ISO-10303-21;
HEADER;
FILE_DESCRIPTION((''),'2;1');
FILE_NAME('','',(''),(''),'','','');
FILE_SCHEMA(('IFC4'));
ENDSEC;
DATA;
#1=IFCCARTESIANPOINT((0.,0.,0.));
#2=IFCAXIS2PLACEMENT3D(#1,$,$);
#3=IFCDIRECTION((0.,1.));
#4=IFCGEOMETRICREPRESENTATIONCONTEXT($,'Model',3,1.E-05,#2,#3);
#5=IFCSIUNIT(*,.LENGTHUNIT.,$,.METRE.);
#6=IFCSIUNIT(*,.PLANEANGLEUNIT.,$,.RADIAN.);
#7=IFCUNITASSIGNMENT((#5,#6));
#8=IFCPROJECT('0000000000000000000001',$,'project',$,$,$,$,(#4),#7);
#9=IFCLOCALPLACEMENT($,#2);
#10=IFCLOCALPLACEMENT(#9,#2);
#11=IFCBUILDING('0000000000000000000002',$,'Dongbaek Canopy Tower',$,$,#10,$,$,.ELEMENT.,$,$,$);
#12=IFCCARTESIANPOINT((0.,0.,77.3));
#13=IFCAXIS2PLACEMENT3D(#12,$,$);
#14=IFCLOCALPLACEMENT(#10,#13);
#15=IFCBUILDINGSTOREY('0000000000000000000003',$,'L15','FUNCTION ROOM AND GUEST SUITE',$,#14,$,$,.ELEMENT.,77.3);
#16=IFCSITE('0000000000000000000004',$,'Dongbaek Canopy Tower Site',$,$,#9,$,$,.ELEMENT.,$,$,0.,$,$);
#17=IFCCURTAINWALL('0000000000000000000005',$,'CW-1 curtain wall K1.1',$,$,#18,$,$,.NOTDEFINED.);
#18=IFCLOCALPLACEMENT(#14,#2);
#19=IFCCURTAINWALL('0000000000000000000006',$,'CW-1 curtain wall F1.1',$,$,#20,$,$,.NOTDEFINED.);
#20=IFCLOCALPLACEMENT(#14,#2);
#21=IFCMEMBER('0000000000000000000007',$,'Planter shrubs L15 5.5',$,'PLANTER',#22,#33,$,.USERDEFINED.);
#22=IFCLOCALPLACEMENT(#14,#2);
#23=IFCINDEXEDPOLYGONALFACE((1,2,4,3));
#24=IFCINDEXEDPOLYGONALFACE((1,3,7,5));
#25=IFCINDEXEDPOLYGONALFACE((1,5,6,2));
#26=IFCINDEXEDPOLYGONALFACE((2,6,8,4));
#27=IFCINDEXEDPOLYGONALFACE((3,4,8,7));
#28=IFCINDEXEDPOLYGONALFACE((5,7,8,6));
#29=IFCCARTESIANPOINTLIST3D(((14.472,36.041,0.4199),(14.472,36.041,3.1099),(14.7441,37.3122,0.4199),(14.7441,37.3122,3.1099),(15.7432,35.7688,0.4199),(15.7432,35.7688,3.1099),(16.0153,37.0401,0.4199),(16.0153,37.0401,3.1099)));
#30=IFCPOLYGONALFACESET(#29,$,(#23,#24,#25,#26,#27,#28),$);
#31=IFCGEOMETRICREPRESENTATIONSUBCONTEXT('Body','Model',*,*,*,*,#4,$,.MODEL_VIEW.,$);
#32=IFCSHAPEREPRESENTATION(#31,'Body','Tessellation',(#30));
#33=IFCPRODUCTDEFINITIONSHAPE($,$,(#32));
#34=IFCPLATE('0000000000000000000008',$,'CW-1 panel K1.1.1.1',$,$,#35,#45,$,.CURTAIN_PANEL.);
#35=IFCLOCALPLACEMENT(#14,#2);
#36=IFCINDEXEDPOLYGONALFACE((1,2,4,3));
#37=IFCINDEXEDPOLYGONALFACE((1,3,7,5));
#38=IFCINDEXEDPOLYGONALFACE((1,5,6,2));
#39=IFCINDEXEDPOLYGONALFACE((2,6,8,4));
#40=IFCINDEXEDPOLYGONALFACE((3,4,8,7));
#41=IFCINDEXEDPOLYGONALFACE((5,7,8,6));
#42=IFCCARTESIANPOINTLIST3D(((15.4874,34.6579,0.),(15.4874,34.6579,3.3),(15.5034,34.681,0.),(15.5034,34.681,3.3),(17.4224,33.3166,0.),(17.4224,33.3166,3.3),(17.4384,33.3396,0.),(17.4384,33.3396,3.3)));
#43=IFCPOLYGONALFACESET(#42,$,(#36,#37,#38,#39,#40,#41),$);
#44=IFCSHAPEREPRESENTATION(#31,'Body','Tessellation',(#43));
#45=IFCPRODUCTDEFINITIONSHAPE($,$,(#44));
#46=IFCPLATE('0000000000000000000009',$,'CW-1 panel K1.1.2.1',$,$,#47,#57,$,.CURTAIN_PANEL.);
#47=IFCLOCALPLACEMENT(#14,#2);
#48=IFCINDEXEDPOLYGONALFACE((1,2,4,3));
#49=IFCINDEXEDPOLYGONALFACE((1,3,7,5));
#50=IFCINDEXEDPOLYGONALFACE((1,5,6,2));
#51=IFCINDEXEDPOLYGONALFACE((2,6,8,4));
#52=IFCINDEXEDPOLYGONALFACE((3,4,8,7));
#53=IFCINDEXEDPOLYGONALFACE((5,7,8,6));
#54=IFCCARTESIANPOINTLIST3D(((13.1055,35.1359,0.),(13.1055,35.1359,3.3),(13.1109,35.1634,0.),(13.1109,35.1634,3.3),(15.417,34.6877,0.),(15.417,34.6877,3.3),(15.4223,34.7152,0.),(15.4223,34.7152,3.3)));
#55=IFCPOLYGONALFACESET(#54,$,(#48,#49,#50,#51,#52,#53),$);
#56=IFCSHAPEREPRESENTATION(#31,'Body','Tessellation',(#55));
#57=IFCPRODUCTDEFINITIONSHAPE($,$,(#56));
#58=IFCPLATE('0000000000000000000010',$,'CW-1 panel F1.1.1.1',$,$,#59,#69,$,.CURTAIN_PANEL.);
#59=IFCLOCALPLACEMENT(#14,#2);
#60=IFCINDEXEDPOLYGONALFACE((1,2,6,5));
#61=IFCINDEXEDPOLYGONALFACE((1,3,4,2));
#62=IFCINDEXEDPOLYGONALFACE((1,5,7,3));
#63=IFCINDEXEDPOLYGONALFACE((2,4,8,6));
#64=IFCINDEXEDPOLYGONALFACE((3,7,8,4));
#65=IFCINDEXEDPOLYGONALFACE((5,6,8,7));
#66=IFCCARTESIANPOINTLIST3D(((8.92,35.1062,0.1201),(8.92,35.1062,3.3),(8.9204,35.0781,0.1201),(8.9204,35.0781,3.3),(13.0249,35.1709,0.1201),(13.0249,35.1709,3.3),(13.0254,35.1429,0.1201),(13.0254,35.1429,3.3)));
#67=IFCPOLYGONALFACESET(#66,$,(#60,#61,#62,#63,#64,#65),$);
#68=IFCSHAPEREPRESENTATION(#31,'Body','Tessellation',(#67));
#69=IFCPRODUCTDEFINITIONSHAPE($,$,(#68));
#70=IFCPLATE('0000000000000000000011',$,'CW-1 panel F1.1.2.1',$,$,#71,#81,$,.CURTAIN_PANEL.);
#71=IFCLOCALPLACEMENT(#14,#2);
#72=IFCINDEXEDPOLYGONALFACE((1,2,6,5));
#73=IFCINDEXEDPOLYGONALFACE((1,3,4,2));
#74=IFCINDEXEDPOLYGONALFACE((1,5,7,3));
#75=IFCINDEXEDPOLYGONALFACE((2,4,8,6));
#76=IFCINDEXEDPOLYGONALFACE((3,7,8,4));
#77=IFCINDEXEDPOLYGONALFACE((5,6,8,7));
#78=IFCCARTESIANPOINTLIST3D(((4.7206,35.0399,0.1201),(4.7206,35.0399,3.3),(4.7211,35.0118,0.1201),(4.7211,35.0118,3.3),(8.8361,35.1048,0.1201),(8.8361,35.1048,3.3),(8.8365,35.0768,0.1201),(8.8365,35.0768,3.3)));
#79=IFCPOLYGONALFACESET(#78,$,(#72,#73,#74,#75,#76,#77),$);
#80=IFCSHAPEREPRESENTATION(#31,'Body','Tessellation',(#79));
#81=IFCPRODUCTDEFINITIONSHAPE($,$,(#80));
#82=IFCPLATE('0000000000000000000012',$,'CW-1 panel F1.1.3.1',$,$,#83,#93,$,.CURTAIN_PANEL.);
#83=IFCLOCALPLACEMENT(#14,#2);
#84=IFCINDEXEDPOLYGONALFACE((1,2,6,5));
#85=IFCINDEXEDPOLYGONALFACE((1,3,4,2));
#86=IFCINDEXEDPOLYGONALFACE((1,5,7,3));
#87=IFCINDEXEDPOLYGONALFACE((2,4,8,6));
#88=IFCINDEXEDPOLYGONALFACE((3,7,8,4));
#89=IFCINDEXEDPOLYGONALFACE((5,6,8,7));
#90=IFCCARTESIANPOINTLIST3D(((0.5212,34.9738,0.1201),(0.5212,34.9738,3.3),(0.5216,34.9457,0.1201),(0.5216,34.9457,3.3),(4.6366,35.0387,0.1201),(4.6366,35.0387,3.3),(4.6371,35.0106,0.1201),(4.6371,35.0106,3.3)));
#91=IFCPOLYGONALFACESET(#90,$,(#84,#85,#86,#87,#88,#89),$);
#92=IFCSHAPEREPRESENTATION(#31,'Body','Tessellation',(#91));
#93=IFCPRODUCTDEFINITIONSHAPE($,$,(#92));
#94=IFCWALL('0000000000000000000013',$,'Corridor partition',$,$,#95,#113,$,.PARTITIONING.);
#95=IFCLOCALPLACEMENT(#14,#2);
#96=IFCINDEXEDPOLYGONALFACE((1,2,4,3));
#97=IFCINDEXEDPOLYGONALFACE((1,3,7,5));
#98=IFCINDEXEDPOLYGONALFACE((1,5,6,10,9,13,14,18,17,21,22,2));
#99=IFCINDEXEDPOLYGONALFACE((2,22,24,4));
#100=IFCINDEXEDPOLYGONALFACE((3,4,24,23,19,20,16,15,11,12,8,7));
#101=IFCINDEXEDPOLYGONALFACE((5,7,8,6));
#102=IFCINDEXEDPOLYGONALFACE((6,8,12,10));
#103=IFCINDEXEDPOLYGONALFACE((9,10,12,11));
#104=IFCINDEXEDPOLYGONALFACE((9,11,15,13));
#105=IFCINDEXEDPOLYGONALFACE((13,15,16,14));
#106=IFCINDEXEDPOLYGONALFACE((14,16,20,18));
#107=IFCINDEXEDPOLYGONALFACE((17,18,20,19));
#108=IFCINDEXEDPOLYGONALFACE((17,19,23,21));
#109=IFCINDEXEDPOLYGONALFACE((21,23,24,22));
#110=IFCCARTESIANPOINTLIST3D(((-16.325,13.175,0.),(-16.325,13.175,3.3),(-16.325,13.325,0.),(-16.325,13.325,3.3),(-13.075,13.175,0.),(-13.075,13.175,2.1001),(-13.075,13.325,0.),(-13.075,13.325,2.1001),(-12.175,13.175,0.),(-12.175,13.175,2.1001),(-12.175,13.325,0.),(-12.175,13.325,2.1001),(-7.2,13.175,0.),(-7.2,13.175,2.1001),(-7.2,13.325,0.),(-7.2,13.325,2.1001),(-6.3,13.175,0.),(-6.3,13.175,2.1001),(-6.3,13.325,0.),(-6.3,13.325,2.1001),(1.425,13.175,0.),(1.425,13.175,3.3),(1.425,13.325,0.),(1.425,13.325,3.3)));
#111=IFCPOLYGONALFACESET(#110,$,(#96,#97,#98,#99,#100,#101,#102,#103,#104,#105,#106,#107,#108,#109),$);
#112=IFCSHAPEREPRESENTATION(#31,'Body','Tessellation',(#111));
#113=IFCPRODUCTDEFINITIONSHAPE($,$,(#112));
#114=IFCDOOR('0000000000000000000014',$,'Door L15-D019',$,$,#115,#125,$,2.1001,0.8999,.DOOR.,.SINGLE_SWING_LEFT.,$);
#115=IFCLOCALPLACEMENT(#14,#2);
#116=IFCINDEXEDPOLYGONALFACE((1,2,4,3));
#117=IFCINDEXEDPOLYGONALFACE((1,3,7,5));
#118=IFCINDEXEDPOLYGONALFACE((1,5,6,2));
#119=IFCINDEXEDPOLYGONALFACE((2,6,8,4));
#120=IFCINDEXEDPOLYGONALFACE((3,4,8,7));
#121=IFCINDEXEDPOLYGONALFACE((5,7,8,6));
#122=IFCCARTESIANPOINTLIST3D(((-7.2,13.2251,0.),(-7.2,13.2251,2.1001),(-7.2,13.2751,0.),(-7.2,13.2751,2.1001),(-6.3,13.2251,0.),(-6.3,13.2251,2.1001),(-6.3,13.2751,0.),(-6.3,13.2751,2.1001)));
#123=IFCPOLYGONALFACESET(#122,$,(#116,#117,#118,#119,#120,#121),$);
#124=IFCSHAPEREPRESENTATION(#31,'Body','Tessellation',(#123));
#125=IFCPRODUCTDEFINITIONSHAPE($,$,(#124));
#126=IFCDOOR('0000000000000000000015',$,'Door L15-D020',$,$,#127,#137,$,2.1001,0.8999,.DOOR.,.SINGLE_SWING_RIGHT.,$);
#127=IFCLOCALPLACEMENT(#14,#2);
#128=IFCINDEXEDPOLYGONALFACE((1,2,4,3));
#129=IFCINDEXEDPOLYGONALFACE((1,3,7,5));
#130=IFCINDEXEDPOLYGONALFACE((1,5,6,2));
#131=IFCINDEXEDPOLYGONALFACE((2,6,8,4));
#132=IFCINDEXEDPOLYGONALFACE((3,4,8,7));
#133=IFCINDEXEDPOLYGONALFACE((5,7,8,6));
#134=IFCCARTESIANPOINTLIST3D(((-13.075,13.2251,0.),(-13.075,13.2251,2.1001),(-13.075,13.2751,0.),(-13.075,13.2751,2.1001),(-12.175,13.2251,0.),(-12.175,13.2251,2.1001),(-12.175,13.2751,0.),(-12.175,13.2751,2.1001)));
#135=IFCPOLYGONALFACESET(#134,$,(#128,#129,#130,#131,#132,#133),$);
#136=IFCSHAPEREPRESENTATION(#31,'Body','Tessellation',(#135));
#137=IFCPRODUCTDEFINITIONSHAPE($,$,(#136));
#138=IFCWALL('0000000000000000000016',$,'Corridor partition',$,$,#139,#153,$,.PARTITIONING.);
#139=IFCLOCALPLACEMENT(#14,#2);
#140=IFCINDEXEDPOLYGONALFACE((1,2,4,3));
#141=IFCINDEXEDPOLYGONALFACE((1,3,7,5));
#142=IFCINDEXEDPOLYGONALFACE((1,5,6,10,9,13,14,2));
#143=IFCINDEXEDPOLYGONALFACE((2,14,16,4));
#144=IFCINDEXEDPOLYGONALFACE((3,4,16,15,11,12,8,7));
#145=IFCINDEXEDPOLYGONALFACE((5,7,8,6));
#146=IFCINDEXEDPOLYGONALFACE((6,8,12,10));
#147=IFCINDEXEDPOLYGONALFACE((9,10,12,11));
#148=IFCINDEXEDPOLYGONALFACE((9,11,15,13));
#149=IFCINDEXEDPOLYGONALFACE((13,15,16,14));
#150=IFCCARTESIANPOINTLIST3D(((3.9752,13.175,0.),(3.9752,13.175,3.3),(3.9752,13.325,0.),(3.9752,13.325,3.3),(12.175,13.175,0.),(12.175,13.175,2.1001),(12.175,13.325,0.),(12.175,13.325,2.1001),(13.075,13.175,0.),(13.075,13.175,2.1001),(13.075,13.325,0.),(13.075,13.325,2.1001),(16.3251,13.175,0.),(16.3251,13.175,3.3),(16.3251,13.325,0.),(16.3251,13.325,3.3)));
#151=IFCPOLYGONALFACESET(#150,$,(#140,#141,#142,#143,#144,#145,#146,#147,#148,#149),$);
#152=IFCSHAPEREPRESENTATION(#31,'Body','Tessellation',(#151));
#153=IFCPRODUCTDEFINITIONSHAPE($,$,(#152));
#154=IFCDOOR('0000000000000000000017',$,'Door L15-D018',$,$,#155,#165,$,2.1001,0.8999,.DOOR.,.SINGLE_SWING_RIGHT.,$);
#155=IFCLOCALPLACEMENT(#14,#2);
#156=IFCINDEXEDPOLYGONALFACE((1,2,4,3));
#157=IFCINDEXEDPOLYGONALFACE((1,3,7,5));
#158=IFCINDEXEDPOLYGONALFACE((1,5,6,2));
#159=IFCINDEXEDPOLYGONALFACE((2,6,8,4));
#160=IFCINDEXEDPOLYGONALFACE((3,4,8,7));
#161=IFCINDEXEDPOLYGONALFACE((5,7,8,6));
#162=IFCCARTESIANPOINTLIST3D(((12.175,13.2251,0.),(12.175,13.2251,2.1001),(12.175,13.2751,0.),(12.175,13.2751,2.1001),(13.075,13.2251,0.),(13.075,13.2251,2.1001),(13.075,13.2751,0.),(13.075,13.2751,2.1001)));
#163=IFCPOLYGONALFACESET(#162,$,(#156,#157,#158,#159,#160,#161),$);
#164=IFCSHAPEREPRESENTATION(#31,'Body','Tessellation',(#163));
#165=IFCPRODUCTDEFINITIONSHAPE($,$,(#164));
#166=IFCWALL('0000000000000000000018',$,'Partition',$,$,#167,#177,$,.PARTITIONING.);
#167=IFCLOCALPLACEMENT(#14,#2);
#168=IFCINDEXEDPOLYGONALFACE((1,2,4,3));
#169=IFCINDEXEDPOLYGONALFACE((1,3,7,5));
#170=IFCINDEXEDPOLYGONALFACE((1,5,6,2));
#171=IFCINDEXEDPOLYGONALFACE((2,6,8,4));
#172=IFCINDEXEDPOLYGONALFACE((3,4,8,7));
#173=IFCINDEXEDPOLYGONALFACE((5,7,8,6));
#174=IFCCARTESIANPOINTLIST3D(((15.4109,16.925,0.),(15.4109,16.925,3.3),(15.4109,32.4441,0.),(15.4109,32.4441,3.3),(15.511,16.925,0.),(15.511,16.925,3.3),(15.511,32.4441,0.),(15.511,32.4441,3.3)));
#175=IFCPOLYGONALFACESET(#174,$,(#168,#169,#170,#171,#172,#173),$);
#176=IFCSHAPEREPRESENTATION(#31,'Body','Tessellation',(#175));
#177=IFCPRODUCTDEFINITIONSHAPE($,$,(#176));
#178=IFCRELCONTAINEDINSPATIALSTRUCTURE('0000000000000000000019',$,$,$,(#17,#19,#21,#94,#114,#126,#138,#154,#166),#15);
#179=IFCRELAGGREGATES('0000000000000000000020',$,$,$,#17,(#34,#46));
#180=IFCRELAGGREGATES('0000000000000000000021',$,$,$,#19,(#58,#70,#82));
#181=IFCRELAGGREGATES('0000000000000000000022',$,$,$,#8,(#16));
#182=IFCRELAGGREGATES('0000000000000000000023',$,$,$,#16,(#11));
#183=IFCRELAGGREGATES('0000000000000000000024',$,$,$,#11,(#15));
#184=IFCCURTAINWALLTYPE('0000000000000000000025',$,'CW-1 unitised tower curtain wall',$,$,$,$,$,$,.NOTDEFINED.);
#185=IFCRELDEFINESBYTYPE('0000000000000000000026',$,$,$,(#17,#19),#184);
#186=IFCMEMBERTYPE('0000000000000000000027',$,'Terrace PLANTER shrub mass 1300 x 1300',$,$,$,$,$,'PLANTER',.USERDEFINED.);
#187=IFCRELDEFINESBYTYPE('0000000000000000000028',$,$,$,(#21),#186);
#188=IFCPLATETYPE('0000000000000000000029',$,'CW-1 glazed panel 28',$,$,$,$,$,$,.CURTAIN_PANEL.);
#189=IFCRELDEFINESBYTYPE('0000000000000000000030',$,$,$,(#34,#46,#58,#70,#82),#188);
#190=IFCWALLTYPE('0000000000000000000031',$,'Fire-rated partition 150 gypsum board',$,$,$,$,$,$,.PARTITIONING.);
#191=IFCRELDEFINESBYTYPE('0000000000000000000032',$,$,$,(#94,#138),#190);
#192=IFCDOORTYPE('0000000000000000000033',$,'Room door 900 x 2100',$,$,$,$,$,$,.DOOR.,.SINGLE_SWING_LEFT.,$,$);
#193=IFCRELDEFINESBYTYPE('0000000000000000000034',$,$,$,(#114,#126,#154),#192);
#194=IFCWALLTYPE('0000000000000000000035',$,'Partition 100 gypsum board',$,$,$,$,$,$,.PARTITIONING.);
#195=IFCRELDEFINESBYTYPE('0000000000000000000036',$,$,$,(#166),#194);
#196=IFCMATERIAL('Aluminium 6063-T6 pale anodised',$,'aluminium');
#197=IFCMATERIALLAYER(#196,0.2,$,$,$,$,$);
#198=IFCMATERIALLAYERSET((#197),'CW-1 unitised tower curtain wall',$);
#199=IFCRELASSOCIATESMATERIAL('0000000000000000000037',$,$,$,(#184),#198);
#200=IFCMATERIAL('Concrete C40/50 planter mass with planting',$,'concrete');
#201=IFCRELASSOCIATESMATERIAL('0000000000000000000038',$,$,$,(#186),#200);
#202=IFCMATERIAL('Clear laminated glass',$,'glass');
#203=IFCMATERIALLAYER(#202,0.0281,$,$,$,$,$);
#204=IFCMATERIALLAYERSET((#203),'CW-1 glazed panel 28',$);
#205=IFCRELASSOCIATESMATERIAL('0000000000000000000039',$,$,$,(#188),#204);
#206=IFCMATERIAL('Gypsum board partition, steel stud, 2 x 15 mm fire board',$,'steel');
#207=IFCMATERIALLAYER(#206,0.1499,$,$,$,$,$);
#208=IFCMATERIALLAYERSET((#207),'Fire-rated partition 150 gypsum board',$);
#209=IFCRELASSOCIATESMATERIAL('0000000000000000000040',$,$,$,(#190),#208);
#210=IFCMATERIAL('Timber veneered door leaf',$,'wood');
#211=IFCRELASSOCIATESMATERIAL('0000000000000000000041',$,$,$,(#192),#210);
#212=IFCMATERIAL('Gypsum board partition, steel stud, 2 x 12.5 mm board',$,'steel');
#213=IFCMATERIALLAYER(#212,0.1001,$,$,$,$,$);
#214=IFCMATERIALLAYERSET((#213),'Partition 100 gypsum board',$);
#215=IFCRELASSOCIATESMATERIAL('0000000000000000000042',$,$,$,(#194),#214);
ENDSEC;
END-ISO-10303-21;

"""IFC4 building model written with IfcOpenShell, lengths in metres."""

from ifc_helpers import new_model, si_unit, direction, frame, frame_2d, origin, origin_2d, place, context, subcontext, project, spatial, rectangle, extrude, material, layer, layer_set, material_profile, profile_set, type_object, element, fill, aggregate, save


model = new_model("IFC4")

# Units and contexts
model_context = context("Model", 3, precision=1e-05, world=origin(), true_north=direction((0.0, 1.0)))
body_context = subcontext(model_context, "Body", "Model", "MODEL_VIEW")
ifc_project = project(units=[si_unit("LENGTHUNIT", "METRE"), si_unit("PLANEANGLEUNIT", "RADIAN")], contexts=[model_context])

# Site, building, storey
site_placement = place(None, origin())
site = spatial("IfcSite", under=ifc_project, at=site_placement, Name="Dongbaek Canopy Tower Site", CompositionType="ELEMENT", RefElevation=0.0)
building_placement = place(site_placement, origin())
building = spatial("IfcBuilding", under=site, at=building_placement, Name="Dongbaek Canopy Tower", CompositionType="ELEMENT")
storey_placement = place(building_placement, frame((0.0, 0.0, 77.3)))
storey = spatial("IfcBuildingStorey", under=building, at=storey_placement, Name="L15", Description="FUNCTION ROOM AND GUEST SUITE", CompositionType="ELEMENT", Elevation=77.3)

# Curtain walls
ifc_material_1 = material(Name="Aluminium 6063-T6 pale anodised", Category="aluminium")
ifc_layer_1 = layer(ifc_material_1, 0.2)
ifc_layer_set_1 = layer_set([ifc_layer_1], Name="CW-1 unitised tower curtain wall")
curtain_wall_type = type_object("IfcCurtainWallType", Name="CW-1 unitised tower curtain wall", PredefinedType="NOTDEFINED", material=ifc_layer_set_1)
curtain_wall_1_placement = place(storey_placement, origin())
curtain_wall_1 = element("IfcCurtainWall", 1, at=curtain_wall_1_placement, inside=storey, type_object=curtain_wall_type, Name="CW-1 curtain wall K1.1", PredefinedType="NOTDEFINED")
curtain_wall_2_placement = place(storey_placement, origin())
curtain_wall_2 = element("IfcCurtainWall", 2, at=curtain_wall_2_placement, inside=storey, type_object=curtain_wall_type, Name="CW-1 curtain wall F1.1", PredefinedType="NOTDEFINED")

# Member
ifc_material_2 = material(Name="Concrete C40/50 planter mass with planting", Category="concrete")
ifc_material_profile_1 = material_profile(ifc_material_2, rectangle(XDim=1.3, YDim=1.3, at=origin_2d()), Name="Terrace PLANTER shrub mass 1300 x 1300")
ifc_profile_set_1 = profile_set([ifc_material_profile_1], Name="Concrete C40/50 planter mass with planting")
member_type_1 = type_object("IfcMemberType", Name="Terrace PLANTER shrub mass 1300 x 1300", ElementType="PLANTER", PredefinedType="USERDEFINED", material=ifc_profile_set_1)
member_1_placement = place(storey_placement, frame((15.2437, 36.5405, 0.4199), z_axis=(0.0, 0.0, 1.0), x_axis=(0.209339, 0.977843, 0.0)))
element("IfcMember", 3, at=member_1_placement, inside=storey, type_object=member_type_1, Name="Planter shrubs L15 5.5", ObjectType="PLANTER", PredefinedType="USERDEFINED", context=body_context, shape_type="SweptSolid", body=[
    extrude(rectangle(XDim=1.3, YDim=1.3, at=origin_2d()), origin(), (0.0, 0.0, 1.0), 2.6899),
])

# Plates
ifc_material_3 = material(Name="Clear laminated glass", Category="glass")
ifc_layer_2 = layer(ifc_material_3, 0.0281)
ifc_layer_set_2 = layer_set([ifc_layer_2], Name="CW-1 glazed panel 28")
plate_type = type_object("IfcPlateType", Name="CW-1 glazed panel 28", PredefinedType="CURTAIN_PANEL", material=ifc_layer_set_2)
plate_1_placement = place(storey_placement, frame((16.4629, 33.9988, 0.0), z_axis=(0.0, 0.0, 1.0), x_axis=(-0.821857, 0.569694, 0.0)))
plate_1 = element("IfcPlate", 4, at=plate_1_placement, type_object=plate_type, Name="CW-1 panel K1.1.1.1", PredefinedType="CURTAIN_PANEL", context=body_context, shape_type="SweptSolid", body=[
    extrude(rectangle(XDim=2.3545, YDim=0.0281, at=origin_2d()), origin(), (0.0, 0.0, 1.0), 3.3),
])
plate_2_placement = place(storey_placement, frame((14.2639, 34.9255, 0.0), z_axis=(0.0, 0.0, 1.0), x_axis=(-0.981715, 0.190359, 0.0)))
plate_2 = element("IfcPlate", 5, at=plate_2_placement, type_object=plate_type, Name="CW-1 panel K1.1.2.1", PredefinedType="CURTAIN_PANEL", context=body_context, shape_type="SweptSolid", body=[
    extrude(rectangle(XDim=2.3545, YDim=0.0281, at=origin_2d()), origin(), (0.0, 0.0, 1.0), 3.3),
])
aggregate(curtain_wall_1, [plate_1, plate_2])
plate_3_placement = place(storey_placement, frame((10.9727, 35.1245, 0.1201), z_axis=(0.0, 0.0, 1.0), x_axis=(-0.999876, -0.015774, 0.0)))
plate_3 = element("IfcPlate", 6, at=plate_3_placement, type_object=plate_type, Name="CW-1 panel F1.1.1.1", PredefinedType="CURTAIN_PANEL", context=body_context, shape_type="SweptSolid", body=[
    extrude(rectangle(XDim=4.1055, YDim=0.0281, at=origin_2d()), origin(), (0.0, 0.0, 1.0), 3.1799),
])
plate_4_placement = place(storey_placement, frame((6.7786, 35.0583, 0.1201), z_axis=(0.0, 0.0, 1.0), x_axis=(-0.999876, -0.015774, 0.0)))
plate_4 = element("IfcPlate", 7, at=plate_4_placement, type_object=plate_type, Name="CW-1 panel F1.1.2.1", PredefinedType="CURTAIN_PANEL", context=body_context, shape_type="SweptSolid", body=[
    extrude(rectangle(XDim=4.116, YDim=0.0281, at=origin_2d()), origin(), (0.0, 0.0, 1.0), 3.1799),
])
plate_5_placement = place(storey_placement, frame((2.5791, 34.9922, 0.1201), z_axis=(0.0, 0.0, 1.0), x_axis=(-0.999876, -0.015774, 0.0)))
plate_5 = element("IfcPlate", 8, at=plate_5_placement, type_object=plate_type, Name="CW-1 panel F1.1.3.1", PredefinedType="CURTAIN_PANEL", context=body_context, shape_type="SweptSolid", body=[
    extrude(rectangle(XDim=4.116, YDim=0.0281, at=origin_2d()), origin(), (0.0, 0.0, 1.0), 3.1799),
])

# Wall, openings, doors
ifc_material_4 = material(Name="Gypsum board partition, steel stud, 2 x 15 mm fire board", Category="steel")
ifc_layer_3 = layer(ifc_material_4, 0.1499)
ifc_layer_set_3 = layer_set([ifc_layer_3], Name="Fire-rated partition 150 gypsum board")
wall_type_1 = type_object("IfcWallType", Name="Fire-rated partition 150 gypsum board", PredefinedType="PARTITIONING", material=ifc_layer_set_3)
wall_1_placement = place(storey_placement, frame((1.425, 13.25, 0.0), z_axis=(0.0, 0.0, 1.0), x_axis=(-1.0, 0.0, 0.0)))
wall_1 = element("IfcWall", 9, at=wall_1_placement, inside=storey, type_object=wall_type_1, Name="Corridor partition", PredefinedType="PARTITIONING", context=body_context, shape_type="SweptSolid", body=[
    extrude(rectangle(XDim=17.75, YDim=0.1499, at=frame_2d((8.875, 0.0))), origin(), (0.0, 0.0, 1.0), 3.3),
])
opening_1_placement = place(wall_1_placement, frame((7.7251, 0.0, 0.0)))
opening_1 = element("IfcOpeningElement", 10, at=opening_1_placement, cuts=wall_1, PredefinedType="OPENING", context=body_context, shape_type="SweptSolid", body=[
    extrude(rectangle(XDim=0.8999, YDim=2.1001, at=frame_2d((0.45, 1.05))), frame((0.0, 0.085, 0.0), z_axis=(0.0, -1.0, 0.0), x_axis=(1.0, 0.0, 0.0)), (0.0, 0.0, 1.0), 0.1699),
])
opening_2_placement = place(wall_1_placement, frame((13.6001, 0.0, 0.0)))
opening_2 = element("IfcOpeningElement", 11, at=opening_2_placement, cuts=wall_1, PredefinedType="OPENING", context=body_context, shape_type="SweptSolid", body=[
    extrude(rectangle(XDim=0.8999, YDim=2.1001, at=frame_2d((0.45, 1.05))), frame((0.0, 0.085, 0.0), z_axis=(0.0, -1.0, 0.0), x_axis=(1.0, 0.0, 0.0)), (0.0, 0.0, 1.0), 0.1699),
])
ifc_material_5 = material(Name="Timber veneered door leaf", Category="wood")
door_type = type_object("IfcDoorType", Name="Room door 900 x 2100", OperationType="SINGLE_SWING_LEFT", PredefinedType="DOOR", material=ifc_material_5)
door_1_placement = place(opening_1_placement, origin())
door_1 = element("IfcDoor", 12, at=door_1_placement, inside=storey, type_object=door_type, Name="Door L15-D019", OperationType="SINGLE_SWING_LEFT", OverallHeight=2.1001, OverallWidth=0.8999, PredefinedType="DOOR", context=body_context, shape_type="SweptSolid", body=[
    extrude(rectangle(XDim=0.8999, YDim=2.1001, at=frame_2d((0.45, 1.05))), frame((0.0, 0.0249, 0.0), z_axis=(0.0, -1.0, 0.0), x_axis=(1.0, 0.0, 0.0)), (0.0, 0.0, 1.0), 0.05),
])
fill(opening_1, door_1)
door_2_placement = place(opening_2_placement, origin())
door_2 = element("IfcDoor", 13, at=door_2_placement, inside=storey, type_object=door_type, Name="Door L15-D020", OperationType="SINGLE_SWING_RIGHT", OverallHeight=2.1001, OverallWidth=0.8999, PredefinedType="DOOR", context=body_context, shape_type="SweptSolid", body=[
    extrude(rectangle(XDim=0.8999, YDim=2.1001, at=frame_2d((0.45, 1.05))), frame((0.0, 0.0249, 0.0), z_axis=(0.0, -1.0, 0.0), x_axis=(1.0, 0.0, 0.0)), (0.0, 0.0, 1.0), 0.05),
])
fill(opening_2, door_2)

# Wall, opening, door
wall_2_placement = place(storey_placement, frame((16.325, 13.25, 0.0), z_axis=(0.0, 0.0, 1.0), x_axis=(-1.0, 0.0, 0.0)))
wall_2 = element("IfcWall", 14, at=wall_2_placement, inside=storey, type_object=wall_type_1, Name="Corridor partition", PredefinedType="PARTITIONING", context=body_context, shape_type="SweptSolid", body=[
    extrude(rectangle(XDim=12.3499, YDim=0.1499, at=frame_2d((6.1748, 0.0))), origin(), (0.0, 0.0, 1.0), 3.3),
])
opening_3_placement = place(wall_2_placement, frame((3.25, 0.0, 0.0)))
opening_3 = element("IfcOpeningElement", 15, at=opening_3_placement, cuts=wall_2, PredefinedType="OPENING", context=body_context, shape_type="SweptSolid", body=[
    extrude(rectangle(XDim=0.8999, YDim=2.1001, at=frame_2d((0.45, 1.05))), frame((0.0, 0.085, 0.0), z_axis=(0.0, -1.0, 0.0), x_axis=(1.0, 0.0, 0.0)), (0.0, 0.0, 1.0), 0.1699),
])
door_3_placement = place(opening_3_placement, origin())
door_3 = element("IfcDoor", 16, at=door_3_placement, inside=storey, type_object=door_type, Name="Door L15-D018", OperationType="SINGLE_SWING_RIGHT", OverallHeight=2.1001, OverallWidth=0.8999, PredefinedType="DOOR", context=body_context, shape_type="SweptSolid", body=[
    extrude(rectangle(XDim=0.8999, YDim=2.1001, at=frame_2d((0.45, 1.05))), frame((0.0, 0.0249, 0.0), z_axis=(0.0, -1.0, 0.0), x_axis=(1.0, 0.0, 0.0)), (0.0, 0.0, 1.0), 0.05),
])
fill(opening_3, door_3)

# Wall
ifc_material_6 = material(Name="Gypsum board partition, steel stud, 2 x 12.5 mm board", Category="steel")
ifc_layer_4 = layer(ifc_material_6, 0.1001)
ifc_layer_set_4 = layer_set([ifc_layer_4], Name="Partition 100 gypsum board")
wall_type_2 = type_object("IfcWallType", Name="Partition 100 gypsum board", PredefinedType="PARTITIONING", material=ifc_layer_set_4)
wall_3_placement = place(storey_placement, frame((15.4609, 16.925, 0.0), z_axis=(0.0, 0.0, 1.0), x_axis=(0.0, 1.0, 0.0)))
element("IfcWall", 17, at=wall_3_placement, inside=storey, type_object=wall_type_2, Name="Partition", PredefinedType="PARTITIONING", context=body_context, shape_type="SweptSolid", body=[
    extrude(rectangle(XDim=15.519, YDim=0.1001, at=frame_2d((7.7595, 0.0))), origin(), (0.0, 0.0, 1.0), 3.3),
])

aggregate(curtain_wall_2, [plate_3, plate_4, plate_5])

save(model, "model.ifc")
